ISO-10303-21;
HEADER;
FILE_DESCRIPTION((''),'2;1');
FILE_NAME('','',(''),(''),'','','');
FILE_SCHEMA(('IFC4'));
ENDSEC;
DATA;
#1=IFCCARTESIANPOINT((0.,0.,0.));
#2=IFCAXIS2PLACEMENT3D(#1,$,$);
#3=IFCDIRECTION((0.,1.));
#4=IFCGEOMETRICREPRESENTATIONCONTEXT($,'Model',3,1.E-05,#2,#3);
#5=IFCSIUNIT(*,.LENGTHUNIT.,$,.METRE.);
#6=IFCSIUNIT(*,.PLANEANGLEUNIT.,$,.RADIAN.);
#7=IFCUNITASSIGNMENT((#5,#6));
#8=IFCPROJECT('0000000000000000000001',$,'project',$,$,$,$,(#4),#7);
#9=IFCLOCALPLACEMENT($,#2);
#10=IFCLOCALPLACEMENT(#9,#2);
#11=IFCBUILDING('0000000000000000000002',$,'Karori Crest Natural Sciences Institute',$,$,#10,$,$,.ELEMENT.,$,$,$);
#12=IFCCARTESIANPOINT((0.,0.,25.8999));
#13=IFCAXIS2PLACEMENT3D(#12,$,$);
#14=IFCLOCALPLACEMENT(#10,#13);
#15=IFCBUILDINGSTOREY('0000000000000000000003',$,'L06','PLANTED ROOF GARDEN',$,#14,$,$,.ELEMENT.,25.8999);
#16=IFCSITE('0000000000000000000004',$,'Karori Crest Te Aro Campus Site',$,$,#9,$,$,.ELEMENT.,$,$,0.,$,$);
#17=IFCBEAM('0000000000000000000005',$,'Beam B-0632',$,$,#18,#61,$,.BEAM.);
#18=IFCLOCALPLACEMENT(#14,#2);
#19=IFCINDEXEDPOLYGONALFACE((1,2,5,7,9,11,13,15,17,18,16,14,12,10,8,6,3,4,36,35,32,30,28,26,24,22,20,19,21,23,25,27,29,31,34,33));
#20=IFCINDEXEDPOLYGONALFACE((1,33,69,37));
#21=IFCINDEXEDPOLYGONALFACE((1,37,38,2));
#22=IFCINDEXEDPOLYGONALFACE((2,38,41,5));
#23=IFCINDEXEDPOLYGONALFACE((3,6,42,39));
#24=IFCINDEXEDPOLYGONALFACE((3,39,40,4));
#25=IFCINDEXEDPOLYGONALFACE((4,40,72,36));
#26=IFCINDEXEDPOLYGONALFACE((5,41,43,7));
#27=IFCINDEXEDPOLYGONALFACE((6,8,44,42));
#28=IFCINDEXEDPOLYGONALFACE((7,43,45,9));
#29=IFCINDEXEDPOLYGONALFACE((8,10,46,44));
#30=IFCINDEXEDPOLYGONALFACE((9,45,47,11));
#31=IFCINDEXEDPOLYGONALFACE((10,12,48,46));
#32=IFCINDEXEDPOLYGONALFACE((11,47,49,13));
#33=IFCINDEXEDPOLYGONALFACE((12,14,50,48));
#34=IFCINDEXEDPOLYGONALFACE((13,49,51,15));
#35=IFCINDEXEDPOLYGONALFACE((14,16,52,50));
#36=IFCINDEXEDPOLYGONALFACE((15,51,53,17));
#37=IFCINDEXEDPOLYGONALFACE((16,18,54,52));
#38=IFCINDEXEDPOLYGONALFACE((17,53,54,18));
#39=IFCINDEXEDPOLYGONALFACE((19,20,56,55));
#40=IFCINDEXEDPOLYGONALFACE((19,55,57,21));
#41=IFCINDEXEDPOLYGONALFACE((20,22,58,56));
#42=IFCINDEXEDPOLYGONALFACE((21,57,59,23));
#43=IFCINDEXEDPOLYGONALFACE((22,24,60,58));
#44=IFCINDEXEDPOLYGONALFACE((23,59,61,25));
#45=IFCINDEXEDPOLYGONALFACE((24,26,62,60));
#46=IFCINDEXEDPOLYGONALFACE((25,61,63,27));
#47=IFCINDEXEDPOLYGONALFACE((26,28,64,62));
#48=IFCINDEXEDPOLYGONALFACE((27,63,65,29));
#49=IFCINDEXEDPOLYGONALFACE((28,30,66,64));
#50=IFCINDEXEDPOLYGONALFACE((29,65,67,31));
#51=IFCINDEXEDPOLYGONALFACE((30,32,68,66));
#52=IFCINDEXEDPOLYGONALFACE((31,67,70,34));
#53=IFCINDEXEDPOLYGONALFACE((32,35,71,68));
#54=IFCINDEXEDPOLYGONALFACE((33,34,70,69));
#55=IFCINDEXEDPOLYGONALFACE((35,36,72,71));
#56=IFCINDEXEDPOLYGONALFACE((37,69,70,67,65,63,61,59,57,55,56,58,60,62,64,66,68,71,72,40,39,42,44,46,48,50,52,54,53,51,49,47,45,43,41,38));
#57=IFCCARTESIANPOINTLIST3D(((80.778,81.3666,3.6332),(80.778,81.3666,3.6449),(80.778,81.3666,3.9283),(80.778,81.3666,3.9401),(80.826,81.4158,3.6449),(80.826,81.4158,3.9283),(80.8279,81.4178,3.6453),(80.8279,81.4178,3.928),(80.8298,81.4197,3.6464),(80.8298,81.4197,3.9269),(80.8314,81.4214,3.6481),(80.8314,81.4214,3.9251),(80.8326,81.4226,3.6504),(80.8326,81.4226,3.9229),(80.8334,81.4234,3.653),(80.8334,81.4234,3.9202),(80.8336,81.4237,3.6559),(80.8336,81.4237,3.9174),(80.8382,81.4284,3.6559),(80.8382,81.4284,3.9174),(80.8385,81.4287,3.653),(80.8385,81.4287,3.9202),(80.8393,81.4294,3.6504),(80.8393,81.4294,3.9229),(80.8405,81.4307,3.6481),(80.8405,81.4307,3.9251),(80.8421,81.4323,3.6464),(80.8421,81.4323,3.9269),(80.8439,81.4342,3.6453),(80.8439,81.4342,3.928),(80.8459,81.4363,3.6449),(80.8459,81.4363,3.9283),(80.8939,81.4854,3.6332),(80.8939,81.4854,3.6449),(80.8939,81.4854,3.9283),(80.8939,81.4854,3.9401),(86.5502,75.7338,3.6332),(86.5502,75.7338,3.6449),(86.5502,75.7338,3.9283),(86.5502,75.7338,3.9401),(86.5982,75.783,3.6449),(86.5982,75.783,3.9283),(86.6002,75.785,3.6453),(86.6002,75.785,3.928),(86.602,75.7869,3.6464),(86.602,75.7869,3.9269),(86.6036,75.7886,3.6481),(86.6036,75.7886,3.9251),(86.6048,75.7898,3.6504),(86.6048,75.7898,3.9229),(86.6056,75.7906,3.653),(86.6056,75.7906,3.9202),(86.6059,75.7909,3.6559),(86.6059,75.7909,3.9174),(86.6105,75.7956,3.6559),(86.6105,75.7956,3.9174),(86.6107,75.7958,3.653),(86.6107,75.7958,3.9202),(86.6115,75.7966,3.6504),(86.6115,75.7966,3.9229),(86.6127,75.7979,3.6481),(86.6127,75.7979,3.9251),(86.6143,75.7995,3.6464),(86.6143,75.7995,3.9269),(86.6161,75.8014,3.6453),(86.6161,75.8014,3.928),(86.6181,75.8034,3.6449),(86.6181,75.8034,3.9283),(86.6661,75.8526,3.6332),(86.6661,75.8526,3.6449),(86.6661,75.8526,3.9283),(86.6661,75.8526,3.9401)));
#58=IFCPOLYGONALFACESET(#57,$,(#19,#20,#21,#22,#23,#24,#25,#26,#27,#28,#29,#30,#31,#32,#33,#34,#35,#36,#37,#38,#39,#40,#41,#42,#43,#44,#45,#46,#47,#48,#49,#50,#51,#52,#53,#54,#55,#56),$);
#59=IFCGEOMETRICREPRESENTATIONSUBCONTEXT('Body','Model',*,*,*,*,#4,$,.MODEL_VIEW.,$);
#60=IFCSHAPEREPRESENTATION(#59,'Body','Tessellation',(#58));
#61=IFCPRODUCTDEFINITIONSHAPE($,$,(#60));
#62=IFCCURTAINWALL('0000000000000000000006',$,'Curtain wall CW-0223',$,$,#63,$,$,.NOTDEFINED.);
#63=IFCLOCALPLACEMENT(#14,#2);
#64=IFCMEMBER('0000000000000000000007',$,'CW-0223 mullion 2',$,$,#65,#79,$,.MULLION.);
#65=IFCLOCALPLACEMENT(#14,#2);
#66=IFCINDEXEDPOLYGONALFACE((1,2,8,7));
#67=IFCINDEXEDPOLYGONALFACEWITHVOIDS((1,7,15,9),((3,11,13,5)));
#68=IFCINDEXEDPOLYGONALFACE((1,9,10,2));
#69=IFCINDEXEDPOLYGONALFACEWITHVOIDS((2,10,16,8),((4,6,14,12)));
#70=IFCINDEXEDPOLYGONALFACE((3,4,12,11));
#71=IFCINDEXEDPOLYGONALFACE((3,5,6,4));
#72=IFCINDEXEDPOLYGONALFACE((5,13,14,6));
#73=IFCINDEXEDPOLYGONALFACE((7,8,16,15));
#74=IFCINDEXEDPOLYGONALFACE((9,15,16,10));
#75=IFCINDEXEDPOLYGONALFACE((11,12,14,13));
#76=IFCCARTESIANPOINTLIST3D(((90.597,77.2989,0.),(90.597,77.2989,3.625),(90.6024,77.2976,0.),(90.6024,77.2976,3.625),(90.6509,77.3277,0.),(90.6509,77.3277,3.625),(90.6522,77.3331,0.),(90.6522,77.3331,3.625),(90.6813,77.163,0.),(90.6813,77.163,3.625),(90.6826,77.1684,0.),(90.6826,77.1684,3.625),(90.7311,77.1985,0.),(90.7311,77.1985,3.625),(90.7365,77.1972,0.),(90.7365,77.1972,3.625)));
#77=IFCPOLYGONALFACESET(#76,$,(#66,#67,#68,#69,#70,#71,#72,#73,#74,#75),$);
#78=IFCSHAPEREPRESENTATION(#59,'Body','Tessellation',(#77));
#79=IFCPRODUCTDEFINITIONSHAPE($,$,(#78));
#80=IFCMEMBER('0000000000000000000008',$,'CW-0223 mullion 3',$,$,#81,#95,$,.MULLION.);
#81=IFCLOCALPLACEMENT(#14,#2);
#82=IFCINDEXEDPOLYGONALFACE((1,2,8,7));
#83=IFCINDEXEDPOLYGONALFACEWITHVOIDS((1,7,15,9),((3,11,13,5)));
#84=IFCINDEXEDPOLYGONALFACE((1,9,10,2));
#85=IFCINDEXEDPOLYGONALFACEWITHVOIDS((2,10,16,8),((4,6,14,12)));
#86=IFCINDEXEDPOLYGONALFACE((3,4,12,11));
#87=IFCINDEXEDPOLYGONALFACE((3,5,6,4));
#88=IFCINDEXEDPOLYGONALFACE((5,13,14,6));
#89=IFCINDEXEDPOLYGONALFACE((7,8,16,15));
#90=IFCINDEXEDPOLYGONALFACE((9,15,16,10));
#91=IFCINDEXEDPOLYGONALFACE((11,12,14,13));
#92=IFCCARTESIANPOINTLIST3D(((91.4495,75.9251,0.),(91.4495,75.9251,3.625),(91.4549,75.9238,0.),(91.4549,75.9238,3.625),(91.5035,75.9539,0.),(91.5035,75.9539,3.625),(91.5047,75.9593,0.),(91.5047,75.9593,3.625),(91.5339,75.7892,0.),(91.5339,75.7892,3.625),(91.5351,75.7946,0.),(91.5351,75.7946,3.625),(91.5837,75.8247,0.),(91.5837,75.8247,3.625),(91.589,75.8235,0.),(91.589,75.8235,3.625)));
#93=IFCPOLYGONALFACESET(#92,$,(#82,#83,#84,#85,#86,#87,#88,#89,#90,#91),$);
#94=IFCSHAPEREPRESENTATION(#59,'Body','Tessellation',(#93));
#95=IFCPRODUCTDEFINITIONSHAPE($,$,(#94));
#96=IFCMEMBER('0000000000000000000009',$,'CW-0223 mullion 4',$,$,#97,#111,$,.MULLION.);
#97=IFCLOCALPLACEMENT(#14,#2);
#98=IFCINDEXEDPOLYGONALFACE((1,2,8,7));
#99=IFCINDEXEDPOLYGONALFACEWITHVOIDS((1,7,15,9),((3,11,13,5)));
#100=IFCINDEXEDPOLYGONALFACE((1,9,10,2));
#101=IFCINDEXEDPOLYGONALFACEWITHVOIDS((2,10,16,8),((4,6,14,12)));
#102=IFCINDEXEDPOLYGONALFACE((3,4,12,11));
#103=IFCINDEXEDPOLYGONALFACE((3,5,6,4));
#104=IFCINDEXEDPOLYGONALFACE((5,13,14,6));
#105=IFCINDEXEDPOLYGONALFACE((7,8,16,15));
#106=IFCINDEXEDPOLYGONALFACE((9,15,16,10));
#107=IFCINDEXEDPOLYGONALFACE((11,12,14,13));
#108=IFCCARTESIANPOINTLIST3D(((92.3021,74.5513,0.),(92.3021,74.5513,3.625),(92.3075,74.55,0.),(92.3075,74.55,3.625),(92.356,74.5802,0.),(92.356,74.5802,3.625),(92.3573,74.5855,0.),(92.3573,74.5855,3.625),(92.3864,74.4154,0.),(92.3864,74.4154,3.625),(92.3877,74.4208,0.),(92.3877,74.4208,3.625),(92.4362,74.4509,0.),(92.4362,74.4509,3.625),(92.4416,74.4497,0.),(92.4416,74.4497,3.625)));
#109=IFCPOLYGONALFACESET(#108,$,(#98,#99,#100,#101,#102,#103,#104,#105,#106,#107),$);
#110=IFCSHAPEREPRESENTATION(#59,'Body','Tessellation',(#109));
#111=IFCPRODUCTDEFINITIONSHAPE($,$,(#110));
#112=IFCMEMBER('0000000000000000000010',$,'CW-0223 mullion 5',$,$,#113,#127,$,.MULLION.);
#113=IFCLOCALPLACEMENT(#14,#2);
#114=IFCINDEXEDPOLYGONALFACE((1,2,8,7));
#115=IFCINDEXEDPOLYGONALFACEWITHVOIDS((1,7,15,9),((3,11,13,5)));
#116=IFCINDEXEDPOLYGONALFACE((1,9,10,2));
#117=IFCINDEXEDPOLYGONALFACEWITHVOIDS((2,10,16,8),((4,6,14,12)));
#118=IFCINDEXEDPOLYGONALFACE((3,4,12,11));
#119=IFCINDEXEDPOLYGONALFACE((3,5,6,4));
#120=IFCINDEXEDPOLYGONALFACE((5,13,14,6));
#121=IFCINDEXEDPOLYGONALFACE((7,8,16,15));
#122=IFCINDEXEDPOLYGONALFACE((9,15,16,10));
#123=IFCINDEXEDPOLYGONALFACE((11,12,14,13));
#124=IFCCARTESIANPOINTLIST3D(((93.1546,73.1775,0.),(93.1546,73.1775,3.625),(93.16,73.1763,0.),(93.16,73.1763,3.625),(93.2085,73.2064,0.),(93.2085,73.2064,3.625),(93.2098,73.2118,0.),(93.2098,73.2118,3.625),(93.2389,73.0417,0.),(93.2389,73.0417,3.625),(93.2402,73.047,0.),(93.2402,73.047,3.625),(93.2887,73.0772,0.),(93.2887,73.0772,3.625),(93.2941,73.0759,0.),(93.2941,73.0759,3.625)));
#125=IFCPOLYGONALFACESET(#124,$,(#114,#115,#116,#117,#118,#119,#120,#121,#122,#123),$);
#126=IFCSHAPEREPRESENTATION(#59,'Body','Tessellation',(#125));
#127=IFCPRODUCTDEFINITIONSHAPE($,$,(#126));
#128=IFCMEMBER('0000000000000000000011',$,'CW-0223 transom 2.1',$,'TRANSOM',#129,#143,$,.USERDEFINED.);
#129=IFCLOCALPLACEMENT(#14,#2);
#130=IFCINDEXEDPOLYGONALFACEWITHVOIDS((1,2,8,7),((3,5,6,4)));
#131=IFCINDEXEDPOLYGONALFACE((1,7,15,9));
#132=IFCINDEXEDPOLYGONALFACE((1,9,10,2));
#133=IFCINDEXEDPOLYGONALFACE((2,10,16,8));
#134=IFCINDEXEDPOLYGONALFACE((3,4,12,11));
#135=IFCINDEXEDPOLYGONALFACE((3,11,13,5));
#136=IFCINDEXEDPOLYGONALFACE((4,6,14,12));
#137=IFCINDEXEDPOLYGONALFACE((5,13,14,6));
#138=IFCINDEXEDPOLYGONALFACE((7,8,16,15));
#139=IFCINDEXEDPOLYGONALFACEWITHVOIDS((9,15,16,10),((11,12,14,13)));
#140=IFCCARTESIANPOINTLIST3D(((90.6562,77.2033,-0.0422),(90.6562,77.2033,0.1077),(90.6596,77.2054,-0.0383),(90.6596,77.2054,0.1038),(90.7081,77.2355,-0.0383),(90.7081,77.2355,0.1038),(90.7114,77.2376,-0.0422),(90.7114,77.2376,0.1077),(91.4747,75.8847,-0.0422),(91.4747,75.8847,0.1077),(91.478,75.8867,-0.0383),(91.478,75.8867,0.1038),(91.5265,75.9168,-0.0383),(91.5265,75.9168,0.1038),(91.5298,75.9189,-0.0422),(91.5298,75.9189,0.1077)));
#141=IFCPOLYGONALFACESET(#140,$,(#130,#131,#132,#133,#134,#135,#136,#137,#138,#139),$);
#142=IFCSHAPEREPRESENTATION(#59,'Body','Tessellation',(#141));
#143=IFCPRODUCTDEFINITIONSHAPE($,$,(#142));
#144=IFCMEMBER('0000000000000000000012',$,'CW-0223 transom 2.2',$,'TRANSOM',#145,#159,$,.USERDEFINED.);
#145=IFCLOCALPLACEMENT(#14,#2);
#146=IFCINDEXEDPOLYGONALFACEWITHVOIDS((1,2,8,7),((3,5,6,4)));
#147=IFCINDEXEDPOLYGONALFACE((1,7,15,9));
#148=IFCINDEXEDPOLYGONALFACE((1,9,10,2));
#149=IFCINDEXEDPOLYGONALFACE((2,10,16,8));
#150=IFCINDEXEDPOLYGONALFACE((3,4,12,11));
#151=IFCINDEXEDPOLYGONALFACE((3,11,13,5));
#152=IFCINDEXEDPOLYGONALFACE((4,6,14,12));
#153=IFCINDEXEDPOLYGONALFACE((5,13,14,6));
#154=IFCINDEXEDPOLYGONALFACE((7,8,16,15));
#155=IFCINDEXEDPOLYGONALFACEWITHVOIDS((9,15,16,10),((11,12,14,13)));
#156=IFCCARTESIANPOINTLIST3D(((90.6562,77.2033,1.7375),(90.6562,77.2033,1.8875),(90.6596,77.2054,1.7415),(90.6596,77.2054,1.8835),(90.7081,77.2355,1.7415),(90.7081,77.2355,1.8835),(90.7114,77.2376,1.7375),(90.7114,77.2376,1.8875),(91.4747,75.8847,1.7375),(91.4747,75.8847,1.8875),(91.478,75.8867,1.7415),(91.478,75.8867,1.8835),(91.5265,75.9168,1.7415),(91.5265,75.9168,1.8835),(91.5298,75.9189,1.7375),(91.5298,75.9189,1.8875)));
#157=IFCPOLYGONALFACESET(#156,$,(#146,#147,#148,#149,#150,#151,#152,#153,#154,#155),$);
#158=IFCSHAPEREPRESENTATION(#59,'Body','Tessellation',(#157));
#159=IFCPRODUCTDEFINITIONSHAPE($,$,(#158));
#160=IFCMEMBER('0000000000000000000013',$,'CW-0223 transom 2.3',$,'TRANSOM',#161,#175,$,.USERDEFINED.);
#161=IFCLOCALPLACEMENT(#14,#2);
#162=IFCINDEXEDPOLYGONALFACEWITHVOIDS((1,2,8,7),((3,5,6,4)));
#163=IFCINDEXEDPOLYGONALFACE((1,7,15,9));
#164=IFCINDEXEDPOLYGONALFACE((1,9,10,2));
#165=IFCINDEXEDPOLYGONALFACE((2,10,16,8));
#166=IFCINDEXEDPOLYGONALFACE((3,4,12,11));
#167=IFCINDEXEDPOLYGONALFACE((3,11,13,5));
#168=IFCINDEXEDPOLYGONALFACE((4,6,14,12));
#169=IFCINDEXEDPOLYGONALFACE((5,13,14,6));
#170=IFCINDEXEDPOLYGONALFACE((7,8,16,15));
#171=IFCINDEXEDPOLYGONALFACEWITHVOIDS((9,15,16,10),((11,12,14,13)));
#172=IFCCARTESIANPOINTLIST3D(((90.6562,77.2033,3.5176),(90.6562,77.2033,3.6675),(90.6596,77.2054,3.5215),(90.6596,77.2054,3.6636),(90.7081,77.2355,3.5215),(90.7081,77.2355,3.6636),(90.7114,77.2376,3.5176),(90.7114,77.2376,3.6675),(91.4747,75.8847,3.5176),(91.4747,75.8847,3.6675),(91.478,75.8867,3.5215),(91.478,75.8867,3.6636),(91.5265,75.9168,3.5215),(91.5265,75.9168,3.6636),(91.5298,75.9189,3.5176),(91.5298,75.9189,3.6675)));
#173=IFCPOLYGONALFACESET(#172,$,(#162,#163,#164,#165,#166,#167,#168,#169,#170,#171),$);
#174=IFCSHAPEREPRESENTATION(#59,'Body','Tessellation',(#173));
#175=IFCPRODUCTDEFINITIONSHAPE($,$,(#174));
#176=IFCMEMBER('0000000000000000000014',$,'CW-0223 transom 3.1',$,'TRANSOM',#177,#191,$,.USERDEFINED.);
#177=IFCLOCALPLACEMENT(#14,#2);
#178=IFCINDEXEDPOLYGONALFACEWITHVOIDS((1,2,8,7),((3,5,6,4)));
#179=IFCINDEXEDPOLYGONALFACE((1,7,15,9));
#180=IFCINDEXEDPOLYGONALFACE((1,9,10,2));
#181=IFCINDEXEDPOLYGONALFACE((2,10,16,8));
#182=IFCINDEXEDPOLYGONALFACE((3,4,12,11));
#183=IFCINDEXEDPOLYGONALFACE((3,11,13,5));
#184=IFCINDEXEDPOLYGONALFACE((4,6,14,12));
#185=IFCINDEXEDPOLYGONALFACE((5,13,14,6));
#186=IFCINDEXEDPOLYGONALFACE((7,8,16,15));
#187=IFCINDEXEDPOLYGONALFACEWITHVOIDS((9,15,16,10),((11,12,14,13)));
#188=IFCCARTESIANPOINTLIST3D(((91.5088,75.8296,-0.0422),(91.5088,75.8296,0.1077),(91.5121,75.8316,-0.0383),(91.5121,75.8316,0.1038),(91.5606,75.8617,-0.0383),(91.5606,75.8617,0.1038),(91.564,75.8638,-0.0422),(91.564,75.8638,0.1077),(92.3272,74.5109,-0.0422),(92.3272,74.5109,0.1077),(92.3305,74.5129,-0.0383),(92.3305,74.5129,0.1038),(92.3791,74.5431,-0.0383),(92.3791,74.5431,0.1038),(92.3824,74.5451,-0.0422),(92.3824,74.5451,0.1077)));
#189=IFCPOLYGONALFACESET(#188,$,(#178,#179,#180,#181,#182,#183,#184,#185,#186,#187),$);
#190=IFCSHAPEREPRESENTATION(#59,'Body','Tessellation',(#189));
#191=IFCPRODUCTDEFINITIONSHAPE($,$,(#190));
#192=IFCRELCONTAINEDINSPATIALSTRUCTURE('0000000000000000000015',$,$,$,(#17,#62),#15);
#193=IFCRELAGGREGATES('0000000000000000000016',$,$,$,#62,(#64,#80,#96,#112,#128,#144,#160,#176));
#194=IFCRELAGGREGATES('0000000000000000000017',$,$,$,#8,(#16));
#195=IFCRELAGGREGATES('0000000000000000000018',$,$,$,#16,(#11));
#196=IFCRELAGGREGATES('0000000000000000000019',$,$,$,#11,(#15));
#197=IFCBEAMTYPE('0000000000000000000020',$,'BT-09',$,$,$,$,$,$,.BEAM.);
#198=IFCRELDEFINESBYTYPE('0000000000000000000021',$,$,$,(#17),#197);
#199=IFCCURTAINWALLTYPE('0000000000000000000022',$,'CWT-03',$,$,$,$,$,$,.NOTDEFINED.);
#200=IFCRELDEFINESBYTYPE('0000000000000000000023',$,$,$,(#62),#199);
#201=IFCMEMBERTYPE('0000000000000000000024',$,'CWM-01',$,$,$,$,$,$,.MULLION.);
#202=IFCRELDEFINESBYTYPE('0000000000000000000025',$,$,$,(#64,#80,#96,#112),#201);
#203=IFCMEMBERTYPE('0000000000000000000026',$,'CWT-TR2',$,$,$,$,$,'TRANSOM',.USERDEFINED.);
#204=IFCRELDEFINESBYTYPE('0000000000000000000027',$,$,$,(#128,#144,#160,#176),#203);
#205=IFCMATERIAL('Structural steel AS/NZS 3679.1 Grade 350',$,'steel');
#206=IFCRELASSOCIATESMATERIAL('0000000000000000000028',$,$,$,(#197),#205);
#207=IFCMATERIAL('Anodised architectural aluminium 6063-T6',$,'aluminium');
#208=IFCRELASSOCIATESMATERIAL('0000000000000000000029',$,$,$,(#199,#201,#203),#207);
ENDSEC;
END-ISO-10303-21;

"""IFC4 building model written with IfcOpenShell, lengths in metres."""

from ifc_helpers import new_model, si_unit, direction, frame, origin, origin_2d, place, context, subcontext, project, spatial, hollow_rectangle, i_section, extrude, material, material_profile, profile_set, type_object, element, aggregate, save


model = new_model("IFC4")

# Units and contexts
model_context = context("Model", 3, precision=1e-05, world=origin(), true_north=direction((0.0, 1.0)))
body_context = subcontext(model_context, "Body", "Model", "MODEL_VIEW")
ifc_project = project(units=[si_unit("LENGTHUNIT", "METRE"), si_unit("PLANEANGLEUNIT", "RADIAN")], contexts=[model_context])

# Site, building, storey
site_placement = place(None, origin())
site = spatial("IfcSite", under=ifc_project, at=site_placement, Name="Karori Crest Te Aro Campus Site", CompositionType="ELEMENT", RefElevation=0.0)
building_placement = place(site_placement, origin())
building = spatial("IfcBuilding", under=site, at=building_placement, Name="Karori Crest Natural Sciences Institute", CompositionType="ELEMENT")
storey_placement = place(building_placement, frame((0.0, 0.0, 25.8999)))
storey = spatial("IfcBuildingStorey", under=building, at=storey_placement, Name="L06", Description="PLANTED ROOF GARDEN", CompositionType="ELEMENT", Elevation=25.8999)

# Beam
ifc_material_1 = material(Name="Structural steel AS/NZS 3679.1 Grade 350", Category="steel")
ifc_material_profile_1 = material_profile(ifc_material_1, i_section(OverallWidth=0.166, OverallDepth=0.3069, WebThickness=0.0066, FlangeThickness=0.0117, FilletRadius=0.011, at=origin_2d()), Name="310UB46.2")
ifc_profile_set_1 = profile_set([ifc_material_profile_1], Name="Structural steel AS/NZS 3679.1 Grade 350")
beam_type = type_object("IfcBeamType", Name="BT-09", PredefinedType="BEAM", material=ifc_profile_set_1)
beam_placement = place(storey_placement, frame((86.6082, 75.7932, 3.7866), z_axis=(-0.715696, 0.698412, 0.0), x_axis=(-0.698412, -0.715696, 0.0)))
element("IfcBeam", 1, at=beam_placement, inside=storey, type_object=beam_type, Name="Beam B-0632", PredefinedType="BEAM", context=body_context, shape_type="SweptSolid", body=[
    extrude(i_section(OverallWidth=0.166, OverallDepth=0.3069, WebThickness=0.0066, FlangeThickness=0.0117, FilletRadius=0.011, at=origin_2d()), origin(), (0.0, 0.0, 1.0), 8.0652),
])

# Curtain wall, members
ifc_material_2 = material(Name="Anodised architectural aluminium 6063-T6", Category="aluminium")
curtain_wall_type = type_object("IfcCurtainWallType", Name="CWT-03", PredefinedType="NOTDEFINED", material=ifc_material_2)
curtain_wall_placement = place(storey_placement, origin())
curtain_wall = element("IfcCurtainWall", 2, at=curtain_wall_placement, inside=storey, type_object=curtain_wall_type, Name="Curtain wall CW-0223", PredefinedType="NOTDEFINED")
ifc_material_profile_2 = material_profile(ifc_material_2, hollow_rectangle(XDim=0.0649, YDim=0.1599, WallThickness=0.0039, at=origin_2d()), Name="CWM160x65x4")
ifc_profile_set_2 = profile_set([ifc_material_profile_2], Name="Anodised architectural aluminium 6063-T6")
member_type_1 = type_object("IfcMemberType", Name="CWM-01", PredefinedType="MULLION", material=ifc_profile_set_2)
member_1_placement = place(storey_placement, frame((90.6667, 77.248, 0.0), z_axis=(0.0, 0.0, 1.0), x_axis=(0.849662, 0.527328, 0.0)))
member_1 = element("IfcMember", 3, at=member_1_placement, type_object=member_type_1, Name="CW-0223 mullion 2", PredefinedType="MULLION", context=body_context, shape_type="SweptSolid", body=[
    extrude(hollow_rectangle(XDim=0.0649, YDim=0.1599, WallThickness=0.0039, at=origin_2d()), origin(), (0.0, 0.0, 1.0), 3.625),
])
member_2_placement = place(storey_placement, frame((91.5193, 75.8743, 0.0), z_axis=(0.0, 0.0, 1.0), x_axis=(0.849662, 0.527328, 0.0)))
member_2 = element("IfcMember", 4, at=member_2_placement, type_object=member_type_1, Name="CW-0223 mullion 3", PredefinedType="MULLION", context=body_context, shape_type="SweptSolid", body=[
    extrude(hollow_rectangle(XDim=0.0649, YDim=0.1599, WallThickness=0.0039, at=origin_2d()), origin(), (0.0, 0.0, 1.0), 3.625),
])
member_3_placement = place(storey_placement, frame((92.3718, 74.5005, 0.0), z_axis=(0.0, 0.0, 1.0), x_axis=(0.849662, 0.527328, 0.0)))
member_3 = element("IfcMember", 5, at=member_3_placement, type_object=member_type_1, Name="CW-0223 mullion 4", PredefinedType="MULLION", context=body_context, shape_type="SweptSolid", body=[
    extrude(hollow_rectangle(XDim=0.0649, YDim=0.1599, WallThickness=0.0039, at=origin_2d()), origin(), (0.0, 0.0, 1.0), 3.625),
])
member_4_placement = place(storey_placement, frame((93.2244, 73.1267, 0.0), z_axis=(0.0, 0.0, 1.0), x_axis=(0.849662, 0.527328, 0.0)))
member_4 = element("IfcMember", 6, at=member_4_placement, type_object=member_type_1, Name="CW-0223 mullion 5", PredefinedType="MULLION", context=body_context, shape_type="SweptSolid", body=[
    extrude(hollow_rectangle(XDim=0.0649, YDim=0.1599, WallThickness=0.0039, at=origin_2d()), origin(), (0.0, 0.0, 1.0), 3.625),
])
ifc_material_profile_3 = material_profile(ifc_material_2, hollow_rectangle(XDim=0.0649, YDim=0.1499, WallThickness=0.0039, at=origin_2d()), Name="CWT150x65x4")
ifc_profile_set_3 = profile_set([ifc_material_profile_3], Name="Anodised architectural aluminium 6063-T6")
member_type_2 = type_object("IfcMemberType", Name="CWT-TR2", ElementType="TRANSOM", PredefinedType="USERDEFINED", material=ifc_profile_set_3)
member_5_placement = place(storey_placement, frame((90.6838, 77.2205, 0.0327), z_axis=(0.527324, -0.849664, 0.0), x_axis=(0.849664, 0.527324, 0.0)))
member_5 = element("IfcMember", 7, at=member_5_placement, type_object=member_type_2, Name="CW-0223 transom 2.1", ObjectType="TRANSOM", PredefinedType="USERDEFINED", context=body_context, shape_type="SweptSolid", body=[
    extrude(hollow_rectangle(XDim=0.0649, YDim=0.1499, WallThickness=0.0039, at=origin_2d()), origin(), (0.0, 0.0, 1.0), 1.552),
])
member_6_placement = place(storey_placement, frame((90.6838, 77.2205, 1.8125), z_axis=(0.527324, -0.849664, 0.0), x_axis=(0.849664, 0.527324, 0.0)))
member_6 = element("IfcMember", 8, at=member_6_placement, type_object=member_type_2, Name="CW-0223 transom 2.2", ObjectType="TRANSOM", PredefinedType="USERDEFINED", context=body_context, shape_type="SweptSolid", body=[
    extrude(hollow_rectangle(XDim=0.0649, YDim=0.1499, WallThickness=0.0039, at=origin_2d()), origin(), (0.0, 0.0, 1.0), 1.552),
])
member_7_placement = place(storey_placement, frame((90.6838, 77.2205, 3.5925), z_axis=(0.527324, -0.849664, 0.0), x_axis=(0.849664, 0.527324, 0.0)))
member_7 = element("IfcMember", 9, at=member_7_placement, type_object=member_type_2, Name="CW-0223 transom 2.3", ObjectType="TRANSOM", PredefinedType="USERDEFINED", context=body_context, shape_type="SweptSolid", body=[
    extrude(hollow_rectangle(XDim=0.0649, YDim=0.1499, WallThickness=0.0039, at=origin_2d()), origin(), (0.0, 0.0, 1.0), 1.552),
])
member_8_placement = place(storey_placement, frame((91.5364, 75.8467, 0.0327), z_axis=(0.527324, -0.849664, 0.0), x_axis=(0.849664, 0.527324, 0.0)))
member_8 = element("IfcMember", 10, at=member_8_placement, type_object=member_type_2, Name="CW-0223 transom 3.1", ObjectType="TRANSOM", PredefinedType="USERDEFINED", context=body_context, shape_type="SweptSolid", body=[
    extrude(hollow_rectangle(XDim=0.0649, YDim=0.1499, WallThickness=0.0039, at=origin_2d()), origin(), (0.0, 0.0, 1.0), 1.552),
])
aggregate(curtain_wall, [member_1, member_2, member_3, member_4, member_5, member_6, member_7, member_8])

save(model, "model.ifc")
